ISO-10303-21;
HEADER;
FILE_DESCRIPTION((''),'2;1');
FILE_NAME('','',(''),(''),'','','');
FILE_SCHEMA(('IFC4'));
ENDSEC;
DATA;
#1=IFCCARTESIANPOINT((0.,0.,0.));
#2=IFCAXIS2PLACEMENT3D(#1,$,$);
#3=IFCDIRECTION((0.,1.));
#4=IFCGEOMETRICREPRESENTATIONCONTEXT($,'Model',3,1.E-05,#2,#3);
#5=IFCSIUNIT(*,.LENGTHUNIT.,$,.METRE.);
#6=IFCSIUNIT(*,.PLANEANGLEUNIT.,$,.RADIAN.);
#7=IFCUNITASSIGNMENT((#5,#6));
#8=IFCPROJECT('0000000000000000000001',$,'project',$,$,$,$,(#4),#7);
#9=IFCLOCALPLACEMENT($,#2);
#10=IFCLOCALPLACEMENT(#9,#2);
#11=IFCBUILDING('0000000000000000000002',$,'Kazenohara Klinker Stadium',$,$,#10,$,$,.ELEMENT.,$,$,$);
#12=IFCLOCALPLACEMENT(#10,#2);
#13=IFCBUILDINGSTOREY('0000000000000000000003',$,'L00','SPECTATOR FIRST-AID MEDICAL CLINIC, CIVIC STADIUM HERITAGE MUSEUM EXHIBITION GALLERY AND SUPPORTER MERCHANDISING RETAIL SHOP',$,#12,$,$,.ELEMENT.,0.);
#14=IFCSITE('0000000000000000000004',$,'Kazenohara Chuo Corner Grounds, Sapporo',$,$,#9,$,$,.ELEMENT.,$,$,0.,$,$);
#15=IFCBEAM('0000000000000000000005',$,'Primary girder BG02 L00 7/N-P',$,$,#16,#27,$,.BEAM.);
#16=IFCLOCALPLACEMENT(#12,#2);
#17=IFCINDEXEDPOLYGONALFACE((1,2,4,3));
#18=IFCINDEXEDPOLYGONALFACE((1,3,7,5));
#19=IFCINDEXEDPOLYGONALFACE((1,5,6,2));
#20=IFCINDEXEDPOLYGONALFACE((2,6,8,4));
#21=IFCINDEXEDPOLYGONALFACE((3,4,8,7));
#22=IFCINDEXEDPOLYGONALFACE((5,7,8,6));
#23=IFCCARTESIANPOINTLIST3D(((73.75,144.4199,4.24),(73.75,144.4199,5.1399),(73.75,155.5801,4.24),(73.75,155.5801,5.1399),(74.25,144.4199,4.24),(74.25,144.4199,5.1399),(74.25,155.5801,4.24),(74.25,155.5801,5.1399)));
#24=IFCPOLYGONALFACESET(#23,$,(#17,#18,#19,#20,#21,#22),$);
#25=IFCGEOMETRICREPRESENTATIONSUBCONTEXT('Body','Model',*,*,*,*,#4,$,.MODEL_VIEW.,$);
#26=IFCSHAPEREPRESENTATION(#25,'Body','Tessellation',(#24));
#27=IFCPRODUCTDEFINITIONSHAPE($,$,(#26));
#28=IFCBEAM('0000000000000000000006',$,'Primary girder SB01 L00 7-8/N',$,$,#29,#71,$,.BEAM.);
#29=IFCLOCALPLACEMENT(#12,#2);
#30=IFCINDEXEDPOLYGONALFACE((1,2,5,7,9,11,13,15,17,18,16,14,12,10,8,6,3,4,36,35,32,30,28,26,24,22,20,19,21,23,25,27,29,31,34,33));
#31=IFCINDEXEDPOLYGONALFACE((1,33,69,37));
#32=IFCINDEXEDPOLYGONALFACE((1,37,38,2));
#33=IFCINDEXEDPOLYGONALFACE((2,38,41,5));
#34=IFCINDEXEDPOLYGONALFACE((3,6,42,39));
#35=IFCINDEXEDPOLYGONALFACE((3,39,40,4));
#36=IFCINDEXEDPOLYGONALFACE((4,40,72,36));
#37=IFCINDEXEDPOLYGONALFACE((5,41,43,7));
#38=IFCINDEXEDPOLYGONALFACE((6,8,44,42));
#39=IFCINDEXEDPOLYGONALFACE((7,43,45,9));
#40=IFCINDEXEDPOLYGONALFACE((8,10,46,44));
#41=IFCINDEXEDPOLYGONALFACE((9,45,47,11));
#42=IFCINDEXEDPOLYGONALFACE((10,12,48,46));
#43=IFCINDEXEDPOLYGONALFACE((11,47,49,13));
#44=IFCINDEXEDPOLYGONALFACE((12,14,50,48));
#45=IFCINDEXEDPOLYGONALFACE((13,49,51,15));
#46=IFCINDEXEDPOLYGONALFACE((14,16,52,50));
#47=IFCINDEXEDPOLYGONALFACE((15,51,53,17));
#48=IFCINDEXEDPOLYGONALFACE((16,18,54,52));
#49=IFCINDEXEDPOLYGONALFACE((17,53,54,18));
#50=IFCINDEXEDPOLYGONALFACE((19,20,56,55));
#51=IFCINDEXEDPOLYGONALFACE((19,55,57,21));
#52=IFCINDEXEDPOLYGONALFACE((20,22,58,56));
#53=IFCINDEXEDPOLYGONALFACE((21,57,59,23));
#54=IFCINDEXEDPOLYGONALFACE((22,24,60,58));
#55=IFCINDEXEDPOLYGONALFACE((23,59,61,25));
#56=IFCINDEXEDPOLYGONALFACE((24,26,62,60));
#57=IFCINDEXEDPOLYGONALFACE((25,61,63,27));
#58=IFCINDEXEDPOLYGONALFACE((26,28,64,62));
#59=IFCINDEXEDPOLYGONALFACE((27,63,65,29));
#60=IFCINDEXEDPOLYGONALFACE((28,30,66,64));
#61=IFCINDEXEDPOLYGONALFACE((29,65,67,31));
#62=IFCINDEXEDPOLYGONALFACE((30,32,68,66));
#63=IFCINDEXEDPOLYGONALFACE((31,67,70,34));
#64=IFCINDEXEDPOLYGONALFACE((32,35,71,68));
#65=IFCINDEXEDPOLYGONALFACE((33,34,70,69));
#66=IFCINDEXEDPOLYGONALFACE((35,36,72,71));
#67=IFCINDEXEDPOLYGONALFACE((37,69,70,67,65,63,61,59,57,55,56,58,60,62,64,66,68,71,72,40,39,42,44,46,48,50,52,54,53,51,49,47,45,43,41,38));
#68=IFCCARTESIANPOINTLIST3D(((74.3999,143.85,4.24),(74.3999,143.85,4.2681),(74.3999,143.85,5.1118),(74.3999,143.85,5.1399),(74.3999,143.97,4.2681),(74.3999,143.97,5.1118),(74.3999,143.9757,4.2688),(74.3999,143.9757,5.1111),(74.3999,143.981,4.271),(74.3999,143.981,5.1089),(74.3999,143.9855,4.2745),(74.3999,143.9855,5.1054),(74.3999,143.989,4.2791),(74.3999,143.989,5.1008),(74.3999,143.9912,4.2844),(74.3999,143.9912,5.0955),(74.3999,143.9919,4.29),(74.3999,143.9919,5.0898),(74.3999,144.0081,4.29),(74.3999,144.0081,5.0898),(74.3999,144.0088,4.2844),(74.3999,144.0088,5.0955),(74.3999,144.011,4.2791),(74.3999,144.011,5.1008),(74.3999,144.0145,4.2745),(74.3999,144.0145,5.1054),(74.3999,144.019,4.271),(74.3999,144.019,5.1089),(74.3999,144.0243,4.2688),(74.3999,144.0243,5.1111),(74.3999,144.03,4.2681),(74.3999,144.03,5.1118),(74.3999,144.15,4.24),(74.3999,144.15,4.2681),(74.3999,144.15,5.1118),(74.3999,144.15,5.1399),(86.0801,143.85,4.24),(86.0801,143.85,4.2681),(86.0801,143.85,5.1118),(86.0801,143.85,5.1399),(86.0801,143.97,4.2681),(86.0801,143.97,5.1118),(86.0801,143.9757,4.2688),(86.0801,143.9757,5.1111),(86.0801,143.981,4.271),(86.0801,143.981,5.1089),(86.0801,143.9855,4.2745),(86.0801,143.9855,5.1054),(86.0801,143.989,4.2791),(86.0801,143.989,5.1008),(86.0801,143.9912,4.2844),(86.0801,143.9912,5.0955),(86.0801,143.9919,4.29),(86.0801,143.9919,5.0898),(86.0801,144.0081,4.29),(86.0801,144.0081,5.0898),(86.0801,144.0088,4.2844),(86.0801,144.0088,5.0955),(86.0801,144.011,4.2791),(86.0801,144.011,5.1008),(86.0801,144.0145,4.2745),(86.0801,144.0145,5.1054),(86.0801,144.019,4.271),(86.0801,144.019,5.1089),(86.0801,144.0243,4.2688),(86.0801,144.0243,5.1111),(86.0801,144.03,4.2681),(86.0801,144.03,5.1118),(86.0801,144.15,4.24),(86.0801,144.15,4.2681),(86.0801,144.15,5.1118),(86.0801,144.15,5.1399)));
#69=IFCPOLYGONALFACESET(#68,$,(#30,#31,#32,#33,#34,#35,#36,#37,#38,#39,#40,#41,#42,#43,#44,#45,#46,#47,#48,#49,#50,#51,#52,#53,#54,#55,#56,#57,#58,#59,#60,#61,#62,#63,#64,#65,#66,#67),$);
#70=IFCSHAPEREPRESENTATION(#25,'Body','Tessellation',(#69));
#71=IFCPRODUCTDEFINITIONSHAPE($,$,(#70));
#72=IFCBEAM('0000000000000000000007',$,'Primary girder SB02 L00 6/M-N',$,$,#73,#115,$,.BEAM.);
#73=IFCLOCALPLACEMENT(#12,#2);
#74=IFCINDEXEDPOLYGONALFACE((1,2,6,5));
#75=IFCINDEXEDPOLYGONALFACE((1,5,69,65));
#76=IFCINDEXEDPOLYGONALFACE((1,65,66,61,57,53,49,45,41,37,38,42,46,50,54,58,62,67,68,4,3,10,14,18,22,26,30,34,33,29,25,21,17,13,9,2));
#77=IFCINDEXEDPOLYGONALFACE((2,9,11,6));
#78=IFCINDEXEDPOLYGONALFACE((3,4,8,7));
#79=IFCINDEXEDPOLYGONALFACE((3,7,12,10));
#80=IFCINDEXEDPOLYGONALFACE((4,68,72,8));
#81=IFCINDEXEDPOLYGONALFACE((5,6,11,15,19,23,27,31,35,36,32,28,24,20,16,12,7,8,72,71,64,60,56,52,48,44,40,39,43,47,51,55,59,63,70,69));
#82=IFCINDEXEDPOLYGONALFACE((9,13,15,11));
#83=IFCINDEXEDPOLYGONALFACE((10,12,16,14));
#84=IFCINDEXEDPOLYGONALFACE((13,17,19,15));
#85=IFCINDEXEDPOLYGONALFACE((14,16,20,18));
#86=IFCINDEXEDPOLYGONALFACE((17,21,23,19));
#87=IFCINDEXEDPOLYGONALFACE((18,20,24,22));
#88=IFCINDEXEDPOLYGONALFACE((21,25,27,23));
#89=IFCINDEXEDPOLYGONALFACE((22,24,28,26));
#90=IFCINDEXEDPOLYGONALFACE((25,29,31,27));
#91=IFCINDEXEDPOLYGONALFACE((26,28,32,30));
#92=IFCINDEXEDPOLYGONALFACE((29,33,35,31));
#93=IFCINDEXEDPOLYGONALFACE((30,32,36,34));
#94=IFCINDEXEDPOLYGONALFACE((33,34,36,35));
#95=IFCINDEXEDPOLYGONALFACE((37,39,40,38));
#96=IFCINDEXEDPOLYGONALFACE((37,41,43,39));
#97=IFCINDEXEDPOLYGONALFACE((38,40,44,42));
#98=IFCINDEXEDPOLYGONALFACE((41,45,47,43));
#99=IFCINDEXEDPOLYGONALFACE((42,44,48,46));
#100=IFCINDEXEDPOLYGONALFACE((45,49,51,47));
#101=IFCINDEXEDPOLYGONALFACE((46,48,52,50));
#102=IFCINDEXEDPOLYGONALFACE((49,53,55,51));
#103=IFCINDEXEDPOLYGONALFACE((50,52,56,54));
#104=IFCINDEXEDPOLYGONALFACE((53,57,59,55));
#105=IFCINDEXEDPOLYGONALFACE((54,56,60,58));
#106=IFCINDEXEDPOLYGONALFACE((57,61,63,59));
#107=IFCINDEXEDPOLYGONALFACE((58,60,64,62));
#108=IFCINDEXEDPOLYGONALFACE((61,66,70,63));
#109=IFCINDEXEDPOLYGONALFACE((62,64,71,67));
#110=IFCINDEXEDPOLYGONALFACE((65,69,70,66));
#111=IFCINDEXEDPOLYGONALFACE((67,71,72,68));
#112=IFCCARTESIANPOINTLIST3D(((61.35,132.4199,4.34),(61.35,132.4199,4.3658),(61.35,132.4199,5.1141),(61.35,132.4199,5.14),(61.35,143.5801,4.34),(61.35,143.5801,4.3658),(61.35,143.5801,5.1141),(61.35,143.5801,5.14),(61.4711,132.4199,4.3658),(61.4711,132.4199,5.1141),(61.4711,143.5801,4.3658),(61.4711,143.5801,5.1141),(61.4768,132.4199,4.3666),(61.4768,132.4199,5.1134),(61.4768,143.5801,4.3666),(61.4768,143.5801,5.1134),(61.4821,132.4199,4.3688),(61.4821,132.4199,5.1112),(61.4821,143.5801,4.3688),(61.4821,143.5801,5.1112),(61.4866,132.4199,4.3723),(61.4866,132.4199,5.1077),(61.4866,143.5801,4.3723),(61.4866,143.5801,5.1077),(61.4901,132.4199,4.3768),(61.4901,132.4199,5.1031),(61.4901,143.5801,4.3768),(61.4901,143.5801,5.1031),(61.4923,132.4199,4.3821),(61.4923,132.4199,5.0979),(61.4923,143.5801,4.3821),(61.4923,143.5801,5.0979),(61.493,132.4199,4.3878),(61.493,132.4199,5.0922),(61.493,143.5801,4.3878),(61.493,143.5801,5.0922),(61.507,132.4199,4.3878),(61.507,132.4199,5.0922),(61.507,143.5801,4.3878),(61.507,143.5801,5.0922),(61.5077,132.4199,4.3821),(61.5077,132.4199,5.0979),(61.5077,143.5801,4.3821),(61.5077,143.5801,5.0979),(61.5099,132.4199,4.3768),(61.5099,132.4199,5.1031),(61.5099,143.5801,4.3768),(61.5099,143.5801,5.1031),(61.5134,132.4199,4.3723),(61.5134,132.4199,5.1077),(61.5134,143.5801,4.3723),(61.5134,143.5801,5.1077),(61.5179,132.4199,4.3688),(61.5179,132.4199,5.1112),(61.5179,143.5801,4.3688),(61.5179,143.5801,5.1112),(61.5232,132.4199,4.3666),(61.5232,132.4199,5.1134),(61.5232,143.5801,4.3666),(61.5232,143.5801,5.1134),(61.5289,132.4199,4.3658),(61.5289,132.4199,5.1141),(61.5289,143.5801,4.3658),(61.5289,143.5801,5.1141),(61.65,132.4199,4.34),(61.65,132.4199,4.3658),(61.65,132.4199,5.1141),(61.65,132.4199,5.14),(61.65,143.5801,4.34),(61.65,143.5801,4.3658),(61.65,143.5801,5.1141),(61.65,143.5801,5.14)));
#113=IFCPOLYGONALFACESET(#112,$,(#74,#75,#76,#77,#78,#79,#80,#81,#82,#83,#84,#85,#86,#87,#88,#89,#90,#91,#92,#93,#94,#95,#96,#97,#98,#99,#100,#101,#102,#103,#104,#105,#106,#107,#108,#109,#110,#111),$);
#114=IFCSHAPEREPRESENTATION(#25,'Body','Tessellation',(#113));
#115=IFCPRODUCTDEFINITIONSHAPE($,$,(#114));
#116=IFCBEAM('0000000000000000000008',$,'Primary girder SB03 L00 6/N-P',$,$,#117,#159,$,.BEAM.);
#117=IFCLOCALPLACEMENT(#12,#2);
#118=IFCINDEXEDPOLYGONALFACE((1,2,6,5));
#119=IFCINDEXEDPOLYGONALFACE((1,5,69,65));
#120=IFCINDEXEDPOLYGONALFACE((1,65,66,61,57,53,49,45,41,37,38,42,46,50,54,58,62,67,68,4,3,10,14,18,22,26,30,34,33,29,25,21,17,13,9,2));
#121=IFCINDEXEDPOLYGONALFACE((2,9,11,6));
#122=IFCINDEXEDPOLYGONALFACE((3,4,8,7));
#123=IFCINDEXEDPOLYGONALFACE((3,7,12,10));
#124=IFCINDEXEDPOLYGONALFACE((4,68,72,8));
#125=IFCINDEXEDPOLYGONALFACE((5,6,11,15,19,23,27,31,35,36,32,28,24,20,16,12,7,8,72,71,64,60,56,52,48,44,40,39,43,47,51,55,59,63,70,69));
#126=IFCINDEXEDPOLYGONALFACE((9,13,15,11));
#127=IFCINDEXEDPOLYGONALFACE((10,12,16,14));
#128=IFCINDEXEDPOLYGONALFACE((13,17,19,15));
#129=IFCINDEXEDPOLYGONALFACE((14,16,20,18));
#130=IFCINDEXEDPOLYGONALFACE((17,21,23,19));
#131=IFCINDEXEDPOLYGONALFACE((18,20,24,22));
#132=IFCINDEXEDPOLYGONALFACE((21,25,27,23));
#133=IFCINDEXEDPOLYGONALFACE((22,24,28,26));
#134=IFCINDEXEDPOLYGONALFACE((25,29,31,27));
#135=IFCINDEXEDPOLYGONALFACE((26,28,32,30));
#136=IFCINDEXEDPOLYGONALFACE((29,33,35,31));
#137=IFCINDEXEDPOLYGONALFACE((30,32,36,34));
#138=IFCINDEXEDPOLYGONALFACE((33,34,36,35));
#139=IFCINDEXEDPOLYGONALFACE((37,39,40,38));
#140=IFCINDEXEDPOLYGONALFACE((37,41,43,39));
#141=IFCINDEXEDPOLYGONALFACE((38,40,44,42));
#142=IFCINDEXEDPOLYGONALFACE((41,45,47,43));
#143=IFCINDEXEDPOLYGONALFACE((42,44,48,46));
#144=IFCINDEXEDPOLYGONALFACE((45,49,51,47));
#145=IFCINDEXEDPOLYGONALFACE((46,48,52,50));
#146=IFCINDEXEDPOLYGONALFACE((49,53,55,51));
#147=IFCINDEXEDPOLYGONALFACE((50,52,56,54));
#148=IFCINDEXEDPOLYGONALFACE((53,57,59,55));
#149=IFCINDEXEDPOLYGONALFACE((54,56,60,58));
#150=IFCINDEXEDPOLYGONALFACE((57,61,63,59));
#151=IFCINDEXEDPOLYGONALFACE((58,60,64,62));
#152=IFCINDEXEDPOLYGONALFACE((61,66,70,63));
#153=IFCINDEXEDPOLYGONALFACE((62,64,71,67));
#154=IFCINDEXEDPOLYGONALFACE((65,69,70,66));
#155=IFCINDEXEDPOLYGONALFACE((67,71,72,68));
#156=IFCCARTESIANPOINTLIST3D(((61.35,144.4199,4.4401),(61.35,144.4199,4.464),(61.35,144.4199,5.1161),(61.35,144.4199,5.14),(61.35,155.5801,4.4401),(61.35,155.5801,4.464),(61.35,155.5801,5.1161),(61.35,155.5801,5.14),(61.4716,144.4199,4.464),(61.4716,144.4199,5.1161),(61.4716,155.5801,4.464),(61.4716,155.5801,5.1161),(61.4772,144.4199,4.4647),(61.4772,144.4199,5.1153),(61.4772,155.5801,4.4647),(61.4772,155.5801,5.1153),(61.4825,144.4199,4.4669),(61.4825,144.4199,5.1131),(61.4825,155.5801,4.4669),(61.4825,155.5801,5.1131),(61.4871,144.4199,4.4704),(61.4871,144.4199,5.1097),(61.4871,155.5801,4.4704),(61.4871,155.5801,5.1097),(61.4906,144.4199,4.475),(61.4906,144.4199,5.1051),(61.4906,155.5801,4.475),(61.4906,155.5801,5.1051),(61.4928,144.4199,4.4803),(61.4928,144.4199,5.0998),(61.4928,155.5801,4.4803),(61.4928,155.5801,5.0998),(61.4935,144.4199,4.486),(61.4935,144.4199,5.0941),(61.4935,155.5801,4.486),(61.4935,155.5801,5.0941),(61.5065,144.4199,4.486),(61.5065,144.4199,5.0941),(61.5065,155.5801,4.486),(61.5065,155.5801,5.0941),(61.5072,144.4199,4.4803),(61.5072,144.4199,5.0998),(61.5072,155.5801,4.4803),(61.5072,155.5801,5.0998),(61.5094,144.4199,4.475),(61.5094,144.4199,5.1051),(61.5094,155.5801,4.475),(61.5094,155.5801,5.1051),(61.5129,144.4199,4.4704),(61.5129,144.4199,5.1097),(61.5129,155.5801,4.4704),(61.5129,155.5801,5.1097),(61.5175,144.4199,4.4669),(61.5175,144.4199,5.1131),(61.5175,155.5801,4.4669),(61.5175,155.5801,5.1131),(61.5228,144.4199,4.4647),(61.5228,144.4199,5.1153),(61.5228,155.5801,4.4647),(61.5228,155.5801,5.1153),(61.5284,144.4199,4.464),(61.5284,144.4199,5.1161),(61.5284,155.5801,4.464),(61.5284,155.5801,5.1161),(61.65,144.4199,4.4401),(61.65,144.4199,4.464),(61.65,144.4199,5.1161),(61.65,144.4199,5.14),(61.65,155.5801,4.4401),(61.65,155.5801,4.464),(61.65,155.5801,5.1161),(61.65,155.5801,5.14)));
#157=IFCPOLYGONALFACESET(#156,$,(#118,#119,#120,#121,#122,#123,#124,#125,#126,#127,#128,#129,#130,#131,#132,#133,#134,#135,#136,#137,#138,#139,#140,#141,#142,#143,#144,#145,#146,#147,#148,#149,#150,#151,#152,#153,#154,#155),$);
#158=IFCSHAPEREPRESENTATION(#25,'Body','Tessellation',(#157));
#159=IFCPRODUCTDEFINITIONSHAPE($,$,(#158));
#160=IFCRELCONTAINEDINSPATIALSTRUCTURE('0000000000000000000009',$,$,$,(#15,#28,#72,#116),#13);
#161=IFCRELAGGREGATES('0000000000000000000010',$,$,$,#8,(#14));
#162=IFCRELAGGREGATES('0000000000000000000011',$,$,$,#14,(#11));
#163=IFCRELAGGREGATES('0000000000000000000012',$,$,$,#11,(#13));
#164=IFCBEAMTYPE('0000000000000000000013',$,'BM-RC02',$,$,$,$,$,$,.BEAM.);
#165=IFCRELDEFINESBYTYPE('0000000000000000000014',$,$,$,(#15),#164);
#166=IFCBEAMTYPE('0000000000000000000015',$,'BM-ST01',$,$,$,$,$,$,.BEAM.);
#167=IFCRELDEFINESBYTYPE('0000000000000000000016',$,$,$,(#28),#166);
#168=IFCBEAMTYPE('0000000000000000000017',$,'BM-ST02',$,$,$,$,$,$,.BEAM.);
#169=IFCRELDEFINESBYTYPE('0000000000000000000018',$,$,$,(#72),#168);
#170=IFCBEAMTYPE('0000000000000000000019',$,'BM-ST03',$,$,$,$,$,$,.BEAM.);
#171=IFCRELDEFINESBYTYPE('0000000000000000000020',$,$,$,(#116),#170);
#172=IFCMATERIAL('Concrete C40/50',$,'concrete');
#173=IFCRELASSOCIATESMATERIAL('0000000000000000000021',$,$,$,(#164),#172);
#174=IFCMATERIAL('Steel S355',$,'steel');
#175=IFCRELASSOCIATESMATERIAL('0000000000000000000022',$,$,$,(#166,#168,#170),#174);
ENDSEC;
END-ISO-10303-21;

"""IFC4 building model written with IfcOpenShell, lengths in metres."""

from ifc_helpers import new_model, si_unit, direction, frame, origin, origin_2d, place, context, subcontext, project, spatial, rectangle, i_section, extrude, material, material_profile, profile_set, type_object, element, save


model = new_model("IFC4")

# Units and contexts
model_context = context("Model", 3, precision=1e-05, world=origin(), true_north=direction((0.0, 1.0)))
body_context = subcontext(model_context, "Body", "Model", "MODEL_VIEW")
ifc_project = project(units=[si_unit("LENGTHUNIT", "METRE"), si_unit("PLANEANGLEUNIT", "RADIAN")], contexts=[model_context])

# Site, building, storey
site_placement = place(None, origin())
site = spatial("IfcSite", under=ifc_project, at=site_placement, Name="Kazenohara Chuo Corner Grounds, Sapporo", CompositionType="ELEMENT", RefElevation=0.0)
building_placement = place(site_placement, origin())
building = spatial("IfcBuilding", under=site, at=building_placement, Name="Kazenohara Klinker Stadium", CompositionType="ELEMENT")
storey_placement = place(building_placement, origin())
storey = spatial("IfcBuildingStorey", under=building, at=storey_placement, Name="L00", Description="SPECTATOR FIRST-AID MEDICAL CLINIC, CIVIC STADIUM HERITAGE MUSEUM EXHIBITION GALLERY AND SUPPORTER MERCHANDISING RETAIL SHOP", CompositionType="ELEMENT", Elevation=0.0)

# Shared definitions
ifc_material_1 = material(Name="Concrete C40/50", Category="concrete")

# Beams
ifc_material_2 = material(Name="Steel S355", Category="steel")
ifc_material_profile_1 = material_profile(ifc_material_1, rectangle(XDim=0.5, YDim=0.8999, at=origin_2d()), Name="RC-BM-500x900")
ifc_profile_set_1 = profile_set([ifc_material_profile_1], Name="Concrete C40/50")
beam_type_1 = type_object("IfcBeamType", Name="BM-RC02", PredefinedType="BEAM", material=ifc_profile_set_1)
beam_1_placement = place(storey_placement, frame((74.0, 144.4199, 4.6899), z_axis=(0.0, 1.0, 0.0), x_axis=(-1.0, 0.0, 0.0)))
element("IfcBeam", 1, at=beam_1_placement, inside=storey, type_object=beam_type_1, Name="Primary girder BG02 L00 7/N-P", PredefinedType="BEAM", context=body_context, shape_type="SweptSolid", body=[
    extrude(rectangle(XDim=0.5, YDim=0.8999, at=origin_2d()), origin(), (0.0, 0.0, 1.0), 11.1602),
])
ifc_material_profile_2 = material_profile(ifc_material_2, i_section(OverallWidth=0.3, OverallDepth=0.8999, WebThickness=0.0161, FlangeThickness=0.0281, FilletRadius=0.022, at=origin_2d()), Name="H-900x300x16x28")
ifc_profile_set_2 = profile_set([ifc_material_profile_2], Name="Steel S355")
beam_type_2 = type_object("IfcBeamType", Name="BM-ST01", PredefinedType="BEAM", material=ifc_profile_set_2)
beam_2_placement = place(storey_placement, frame((74.3999, 144.0, 4.6899), z_axis=(1.0, 0.0, 0.0), x_axis=(0.0, 1.0, 0.0)))
element("IfcBeam", 2, at=beam_2_placement, inside=storey, type_object=beam_type_2, Name="Primary girder SB01 L00 7-8/N", PredefinedType="BEAM", context=body_context, shape_type="SweptSolid", body=[
    extrude(i_section(OverallWidth=0.3, OverallDepth=0.8999, WebThickness=0.0161, FlangeThickness=0.0281, FilletRadius=0.022, at=origin_2d()), origin(), (0.0, 0.0, 1.0), 11.6802),
])
ifc_material_profile_3 = material_profile(ifc_material_2, i_section(OverallWidth=0.3, OverallDepth=0.8, WebThickness=0.0139, FlangeThickness=0.0259, FilletRadius=0.022, at=origin_2d()), Name="H-800x300x14x26")
ifc_profile_set_3 = profile_set([ifc_material_profile_3], Name="Steel S355")
beam_type_3 = type_object("IfcBeamType", Name="BM-ST02", PredefinedType="BEAM", material=ifc_profile_set_3)
beam_3_placement = place(storey_placement, frame((61.5, 132.4199, 4.74), z_axis=(0.0, 1.0, 0.0), x_axis=(-1.0, 0.0, 0.0)))
element("IfcBeam", 3, at=beam_3_placement, inside=storey, type_object=beam_type_3, Name="Primary girder SB02 L00 6/M-N", PredefinedType="BEAM", context=body_context, shape_type="SweptSolid", body=[
    extrude(i_section(OverallWidth=0.3, OverallDepth=0.8, WebThickness=0.0139, FlangeThickness=0.0259, FilletRadius=0.022, at=origin_2d()), origin(), (0.0, 0.0, 1.0), 11.1602),
])
ifc_material_profile_4 = material_profile(ifc_material_2, i_section(OverallWidth=0.3, OverallDepth=0.7, WebThickness=0.0129, FlangeThickness=0.0239, FilletRadius=0.022, at=origin_2d()), Name="H-700x300x13x24")
ifc_profile_set_4 = profile_set([ifc_material_profile_4], Name="Steel S355")
beam_type_4 = type_object("IfcBeamType", Name="BM-ST03", PredefinedType="BEAM", material=ifc_profile_set_4)
for number, where, z_axis, x_axis, name in (
    (4, (61.5, 144.4199, 4.79), (0.0, 1.0, 0.0), (-1.0, 0.0, 0.0), "Primary girder SB03 L00 6/N-P"),
):
    element("IfcBeam", number, at=place(storey_placement, frame(where, z_axis=z_axis, x_axis=x_axis)), inside=storey, type_object=beam_type_4, Name=name, PredefinedType="BEAM", context=body_context, shape_type="SweptSolid", body=[
        extrude(i_section(OverallWidth=0.3, OverallDepth=0.7, WebThickness=0.0129, FlangeThickness=0.0239, FilletRadius=0.022, at=origin_2d()), origin(), (0.0, 0.0, 1.0), 11.1602),
    ])

save(model, "model.ifc")
